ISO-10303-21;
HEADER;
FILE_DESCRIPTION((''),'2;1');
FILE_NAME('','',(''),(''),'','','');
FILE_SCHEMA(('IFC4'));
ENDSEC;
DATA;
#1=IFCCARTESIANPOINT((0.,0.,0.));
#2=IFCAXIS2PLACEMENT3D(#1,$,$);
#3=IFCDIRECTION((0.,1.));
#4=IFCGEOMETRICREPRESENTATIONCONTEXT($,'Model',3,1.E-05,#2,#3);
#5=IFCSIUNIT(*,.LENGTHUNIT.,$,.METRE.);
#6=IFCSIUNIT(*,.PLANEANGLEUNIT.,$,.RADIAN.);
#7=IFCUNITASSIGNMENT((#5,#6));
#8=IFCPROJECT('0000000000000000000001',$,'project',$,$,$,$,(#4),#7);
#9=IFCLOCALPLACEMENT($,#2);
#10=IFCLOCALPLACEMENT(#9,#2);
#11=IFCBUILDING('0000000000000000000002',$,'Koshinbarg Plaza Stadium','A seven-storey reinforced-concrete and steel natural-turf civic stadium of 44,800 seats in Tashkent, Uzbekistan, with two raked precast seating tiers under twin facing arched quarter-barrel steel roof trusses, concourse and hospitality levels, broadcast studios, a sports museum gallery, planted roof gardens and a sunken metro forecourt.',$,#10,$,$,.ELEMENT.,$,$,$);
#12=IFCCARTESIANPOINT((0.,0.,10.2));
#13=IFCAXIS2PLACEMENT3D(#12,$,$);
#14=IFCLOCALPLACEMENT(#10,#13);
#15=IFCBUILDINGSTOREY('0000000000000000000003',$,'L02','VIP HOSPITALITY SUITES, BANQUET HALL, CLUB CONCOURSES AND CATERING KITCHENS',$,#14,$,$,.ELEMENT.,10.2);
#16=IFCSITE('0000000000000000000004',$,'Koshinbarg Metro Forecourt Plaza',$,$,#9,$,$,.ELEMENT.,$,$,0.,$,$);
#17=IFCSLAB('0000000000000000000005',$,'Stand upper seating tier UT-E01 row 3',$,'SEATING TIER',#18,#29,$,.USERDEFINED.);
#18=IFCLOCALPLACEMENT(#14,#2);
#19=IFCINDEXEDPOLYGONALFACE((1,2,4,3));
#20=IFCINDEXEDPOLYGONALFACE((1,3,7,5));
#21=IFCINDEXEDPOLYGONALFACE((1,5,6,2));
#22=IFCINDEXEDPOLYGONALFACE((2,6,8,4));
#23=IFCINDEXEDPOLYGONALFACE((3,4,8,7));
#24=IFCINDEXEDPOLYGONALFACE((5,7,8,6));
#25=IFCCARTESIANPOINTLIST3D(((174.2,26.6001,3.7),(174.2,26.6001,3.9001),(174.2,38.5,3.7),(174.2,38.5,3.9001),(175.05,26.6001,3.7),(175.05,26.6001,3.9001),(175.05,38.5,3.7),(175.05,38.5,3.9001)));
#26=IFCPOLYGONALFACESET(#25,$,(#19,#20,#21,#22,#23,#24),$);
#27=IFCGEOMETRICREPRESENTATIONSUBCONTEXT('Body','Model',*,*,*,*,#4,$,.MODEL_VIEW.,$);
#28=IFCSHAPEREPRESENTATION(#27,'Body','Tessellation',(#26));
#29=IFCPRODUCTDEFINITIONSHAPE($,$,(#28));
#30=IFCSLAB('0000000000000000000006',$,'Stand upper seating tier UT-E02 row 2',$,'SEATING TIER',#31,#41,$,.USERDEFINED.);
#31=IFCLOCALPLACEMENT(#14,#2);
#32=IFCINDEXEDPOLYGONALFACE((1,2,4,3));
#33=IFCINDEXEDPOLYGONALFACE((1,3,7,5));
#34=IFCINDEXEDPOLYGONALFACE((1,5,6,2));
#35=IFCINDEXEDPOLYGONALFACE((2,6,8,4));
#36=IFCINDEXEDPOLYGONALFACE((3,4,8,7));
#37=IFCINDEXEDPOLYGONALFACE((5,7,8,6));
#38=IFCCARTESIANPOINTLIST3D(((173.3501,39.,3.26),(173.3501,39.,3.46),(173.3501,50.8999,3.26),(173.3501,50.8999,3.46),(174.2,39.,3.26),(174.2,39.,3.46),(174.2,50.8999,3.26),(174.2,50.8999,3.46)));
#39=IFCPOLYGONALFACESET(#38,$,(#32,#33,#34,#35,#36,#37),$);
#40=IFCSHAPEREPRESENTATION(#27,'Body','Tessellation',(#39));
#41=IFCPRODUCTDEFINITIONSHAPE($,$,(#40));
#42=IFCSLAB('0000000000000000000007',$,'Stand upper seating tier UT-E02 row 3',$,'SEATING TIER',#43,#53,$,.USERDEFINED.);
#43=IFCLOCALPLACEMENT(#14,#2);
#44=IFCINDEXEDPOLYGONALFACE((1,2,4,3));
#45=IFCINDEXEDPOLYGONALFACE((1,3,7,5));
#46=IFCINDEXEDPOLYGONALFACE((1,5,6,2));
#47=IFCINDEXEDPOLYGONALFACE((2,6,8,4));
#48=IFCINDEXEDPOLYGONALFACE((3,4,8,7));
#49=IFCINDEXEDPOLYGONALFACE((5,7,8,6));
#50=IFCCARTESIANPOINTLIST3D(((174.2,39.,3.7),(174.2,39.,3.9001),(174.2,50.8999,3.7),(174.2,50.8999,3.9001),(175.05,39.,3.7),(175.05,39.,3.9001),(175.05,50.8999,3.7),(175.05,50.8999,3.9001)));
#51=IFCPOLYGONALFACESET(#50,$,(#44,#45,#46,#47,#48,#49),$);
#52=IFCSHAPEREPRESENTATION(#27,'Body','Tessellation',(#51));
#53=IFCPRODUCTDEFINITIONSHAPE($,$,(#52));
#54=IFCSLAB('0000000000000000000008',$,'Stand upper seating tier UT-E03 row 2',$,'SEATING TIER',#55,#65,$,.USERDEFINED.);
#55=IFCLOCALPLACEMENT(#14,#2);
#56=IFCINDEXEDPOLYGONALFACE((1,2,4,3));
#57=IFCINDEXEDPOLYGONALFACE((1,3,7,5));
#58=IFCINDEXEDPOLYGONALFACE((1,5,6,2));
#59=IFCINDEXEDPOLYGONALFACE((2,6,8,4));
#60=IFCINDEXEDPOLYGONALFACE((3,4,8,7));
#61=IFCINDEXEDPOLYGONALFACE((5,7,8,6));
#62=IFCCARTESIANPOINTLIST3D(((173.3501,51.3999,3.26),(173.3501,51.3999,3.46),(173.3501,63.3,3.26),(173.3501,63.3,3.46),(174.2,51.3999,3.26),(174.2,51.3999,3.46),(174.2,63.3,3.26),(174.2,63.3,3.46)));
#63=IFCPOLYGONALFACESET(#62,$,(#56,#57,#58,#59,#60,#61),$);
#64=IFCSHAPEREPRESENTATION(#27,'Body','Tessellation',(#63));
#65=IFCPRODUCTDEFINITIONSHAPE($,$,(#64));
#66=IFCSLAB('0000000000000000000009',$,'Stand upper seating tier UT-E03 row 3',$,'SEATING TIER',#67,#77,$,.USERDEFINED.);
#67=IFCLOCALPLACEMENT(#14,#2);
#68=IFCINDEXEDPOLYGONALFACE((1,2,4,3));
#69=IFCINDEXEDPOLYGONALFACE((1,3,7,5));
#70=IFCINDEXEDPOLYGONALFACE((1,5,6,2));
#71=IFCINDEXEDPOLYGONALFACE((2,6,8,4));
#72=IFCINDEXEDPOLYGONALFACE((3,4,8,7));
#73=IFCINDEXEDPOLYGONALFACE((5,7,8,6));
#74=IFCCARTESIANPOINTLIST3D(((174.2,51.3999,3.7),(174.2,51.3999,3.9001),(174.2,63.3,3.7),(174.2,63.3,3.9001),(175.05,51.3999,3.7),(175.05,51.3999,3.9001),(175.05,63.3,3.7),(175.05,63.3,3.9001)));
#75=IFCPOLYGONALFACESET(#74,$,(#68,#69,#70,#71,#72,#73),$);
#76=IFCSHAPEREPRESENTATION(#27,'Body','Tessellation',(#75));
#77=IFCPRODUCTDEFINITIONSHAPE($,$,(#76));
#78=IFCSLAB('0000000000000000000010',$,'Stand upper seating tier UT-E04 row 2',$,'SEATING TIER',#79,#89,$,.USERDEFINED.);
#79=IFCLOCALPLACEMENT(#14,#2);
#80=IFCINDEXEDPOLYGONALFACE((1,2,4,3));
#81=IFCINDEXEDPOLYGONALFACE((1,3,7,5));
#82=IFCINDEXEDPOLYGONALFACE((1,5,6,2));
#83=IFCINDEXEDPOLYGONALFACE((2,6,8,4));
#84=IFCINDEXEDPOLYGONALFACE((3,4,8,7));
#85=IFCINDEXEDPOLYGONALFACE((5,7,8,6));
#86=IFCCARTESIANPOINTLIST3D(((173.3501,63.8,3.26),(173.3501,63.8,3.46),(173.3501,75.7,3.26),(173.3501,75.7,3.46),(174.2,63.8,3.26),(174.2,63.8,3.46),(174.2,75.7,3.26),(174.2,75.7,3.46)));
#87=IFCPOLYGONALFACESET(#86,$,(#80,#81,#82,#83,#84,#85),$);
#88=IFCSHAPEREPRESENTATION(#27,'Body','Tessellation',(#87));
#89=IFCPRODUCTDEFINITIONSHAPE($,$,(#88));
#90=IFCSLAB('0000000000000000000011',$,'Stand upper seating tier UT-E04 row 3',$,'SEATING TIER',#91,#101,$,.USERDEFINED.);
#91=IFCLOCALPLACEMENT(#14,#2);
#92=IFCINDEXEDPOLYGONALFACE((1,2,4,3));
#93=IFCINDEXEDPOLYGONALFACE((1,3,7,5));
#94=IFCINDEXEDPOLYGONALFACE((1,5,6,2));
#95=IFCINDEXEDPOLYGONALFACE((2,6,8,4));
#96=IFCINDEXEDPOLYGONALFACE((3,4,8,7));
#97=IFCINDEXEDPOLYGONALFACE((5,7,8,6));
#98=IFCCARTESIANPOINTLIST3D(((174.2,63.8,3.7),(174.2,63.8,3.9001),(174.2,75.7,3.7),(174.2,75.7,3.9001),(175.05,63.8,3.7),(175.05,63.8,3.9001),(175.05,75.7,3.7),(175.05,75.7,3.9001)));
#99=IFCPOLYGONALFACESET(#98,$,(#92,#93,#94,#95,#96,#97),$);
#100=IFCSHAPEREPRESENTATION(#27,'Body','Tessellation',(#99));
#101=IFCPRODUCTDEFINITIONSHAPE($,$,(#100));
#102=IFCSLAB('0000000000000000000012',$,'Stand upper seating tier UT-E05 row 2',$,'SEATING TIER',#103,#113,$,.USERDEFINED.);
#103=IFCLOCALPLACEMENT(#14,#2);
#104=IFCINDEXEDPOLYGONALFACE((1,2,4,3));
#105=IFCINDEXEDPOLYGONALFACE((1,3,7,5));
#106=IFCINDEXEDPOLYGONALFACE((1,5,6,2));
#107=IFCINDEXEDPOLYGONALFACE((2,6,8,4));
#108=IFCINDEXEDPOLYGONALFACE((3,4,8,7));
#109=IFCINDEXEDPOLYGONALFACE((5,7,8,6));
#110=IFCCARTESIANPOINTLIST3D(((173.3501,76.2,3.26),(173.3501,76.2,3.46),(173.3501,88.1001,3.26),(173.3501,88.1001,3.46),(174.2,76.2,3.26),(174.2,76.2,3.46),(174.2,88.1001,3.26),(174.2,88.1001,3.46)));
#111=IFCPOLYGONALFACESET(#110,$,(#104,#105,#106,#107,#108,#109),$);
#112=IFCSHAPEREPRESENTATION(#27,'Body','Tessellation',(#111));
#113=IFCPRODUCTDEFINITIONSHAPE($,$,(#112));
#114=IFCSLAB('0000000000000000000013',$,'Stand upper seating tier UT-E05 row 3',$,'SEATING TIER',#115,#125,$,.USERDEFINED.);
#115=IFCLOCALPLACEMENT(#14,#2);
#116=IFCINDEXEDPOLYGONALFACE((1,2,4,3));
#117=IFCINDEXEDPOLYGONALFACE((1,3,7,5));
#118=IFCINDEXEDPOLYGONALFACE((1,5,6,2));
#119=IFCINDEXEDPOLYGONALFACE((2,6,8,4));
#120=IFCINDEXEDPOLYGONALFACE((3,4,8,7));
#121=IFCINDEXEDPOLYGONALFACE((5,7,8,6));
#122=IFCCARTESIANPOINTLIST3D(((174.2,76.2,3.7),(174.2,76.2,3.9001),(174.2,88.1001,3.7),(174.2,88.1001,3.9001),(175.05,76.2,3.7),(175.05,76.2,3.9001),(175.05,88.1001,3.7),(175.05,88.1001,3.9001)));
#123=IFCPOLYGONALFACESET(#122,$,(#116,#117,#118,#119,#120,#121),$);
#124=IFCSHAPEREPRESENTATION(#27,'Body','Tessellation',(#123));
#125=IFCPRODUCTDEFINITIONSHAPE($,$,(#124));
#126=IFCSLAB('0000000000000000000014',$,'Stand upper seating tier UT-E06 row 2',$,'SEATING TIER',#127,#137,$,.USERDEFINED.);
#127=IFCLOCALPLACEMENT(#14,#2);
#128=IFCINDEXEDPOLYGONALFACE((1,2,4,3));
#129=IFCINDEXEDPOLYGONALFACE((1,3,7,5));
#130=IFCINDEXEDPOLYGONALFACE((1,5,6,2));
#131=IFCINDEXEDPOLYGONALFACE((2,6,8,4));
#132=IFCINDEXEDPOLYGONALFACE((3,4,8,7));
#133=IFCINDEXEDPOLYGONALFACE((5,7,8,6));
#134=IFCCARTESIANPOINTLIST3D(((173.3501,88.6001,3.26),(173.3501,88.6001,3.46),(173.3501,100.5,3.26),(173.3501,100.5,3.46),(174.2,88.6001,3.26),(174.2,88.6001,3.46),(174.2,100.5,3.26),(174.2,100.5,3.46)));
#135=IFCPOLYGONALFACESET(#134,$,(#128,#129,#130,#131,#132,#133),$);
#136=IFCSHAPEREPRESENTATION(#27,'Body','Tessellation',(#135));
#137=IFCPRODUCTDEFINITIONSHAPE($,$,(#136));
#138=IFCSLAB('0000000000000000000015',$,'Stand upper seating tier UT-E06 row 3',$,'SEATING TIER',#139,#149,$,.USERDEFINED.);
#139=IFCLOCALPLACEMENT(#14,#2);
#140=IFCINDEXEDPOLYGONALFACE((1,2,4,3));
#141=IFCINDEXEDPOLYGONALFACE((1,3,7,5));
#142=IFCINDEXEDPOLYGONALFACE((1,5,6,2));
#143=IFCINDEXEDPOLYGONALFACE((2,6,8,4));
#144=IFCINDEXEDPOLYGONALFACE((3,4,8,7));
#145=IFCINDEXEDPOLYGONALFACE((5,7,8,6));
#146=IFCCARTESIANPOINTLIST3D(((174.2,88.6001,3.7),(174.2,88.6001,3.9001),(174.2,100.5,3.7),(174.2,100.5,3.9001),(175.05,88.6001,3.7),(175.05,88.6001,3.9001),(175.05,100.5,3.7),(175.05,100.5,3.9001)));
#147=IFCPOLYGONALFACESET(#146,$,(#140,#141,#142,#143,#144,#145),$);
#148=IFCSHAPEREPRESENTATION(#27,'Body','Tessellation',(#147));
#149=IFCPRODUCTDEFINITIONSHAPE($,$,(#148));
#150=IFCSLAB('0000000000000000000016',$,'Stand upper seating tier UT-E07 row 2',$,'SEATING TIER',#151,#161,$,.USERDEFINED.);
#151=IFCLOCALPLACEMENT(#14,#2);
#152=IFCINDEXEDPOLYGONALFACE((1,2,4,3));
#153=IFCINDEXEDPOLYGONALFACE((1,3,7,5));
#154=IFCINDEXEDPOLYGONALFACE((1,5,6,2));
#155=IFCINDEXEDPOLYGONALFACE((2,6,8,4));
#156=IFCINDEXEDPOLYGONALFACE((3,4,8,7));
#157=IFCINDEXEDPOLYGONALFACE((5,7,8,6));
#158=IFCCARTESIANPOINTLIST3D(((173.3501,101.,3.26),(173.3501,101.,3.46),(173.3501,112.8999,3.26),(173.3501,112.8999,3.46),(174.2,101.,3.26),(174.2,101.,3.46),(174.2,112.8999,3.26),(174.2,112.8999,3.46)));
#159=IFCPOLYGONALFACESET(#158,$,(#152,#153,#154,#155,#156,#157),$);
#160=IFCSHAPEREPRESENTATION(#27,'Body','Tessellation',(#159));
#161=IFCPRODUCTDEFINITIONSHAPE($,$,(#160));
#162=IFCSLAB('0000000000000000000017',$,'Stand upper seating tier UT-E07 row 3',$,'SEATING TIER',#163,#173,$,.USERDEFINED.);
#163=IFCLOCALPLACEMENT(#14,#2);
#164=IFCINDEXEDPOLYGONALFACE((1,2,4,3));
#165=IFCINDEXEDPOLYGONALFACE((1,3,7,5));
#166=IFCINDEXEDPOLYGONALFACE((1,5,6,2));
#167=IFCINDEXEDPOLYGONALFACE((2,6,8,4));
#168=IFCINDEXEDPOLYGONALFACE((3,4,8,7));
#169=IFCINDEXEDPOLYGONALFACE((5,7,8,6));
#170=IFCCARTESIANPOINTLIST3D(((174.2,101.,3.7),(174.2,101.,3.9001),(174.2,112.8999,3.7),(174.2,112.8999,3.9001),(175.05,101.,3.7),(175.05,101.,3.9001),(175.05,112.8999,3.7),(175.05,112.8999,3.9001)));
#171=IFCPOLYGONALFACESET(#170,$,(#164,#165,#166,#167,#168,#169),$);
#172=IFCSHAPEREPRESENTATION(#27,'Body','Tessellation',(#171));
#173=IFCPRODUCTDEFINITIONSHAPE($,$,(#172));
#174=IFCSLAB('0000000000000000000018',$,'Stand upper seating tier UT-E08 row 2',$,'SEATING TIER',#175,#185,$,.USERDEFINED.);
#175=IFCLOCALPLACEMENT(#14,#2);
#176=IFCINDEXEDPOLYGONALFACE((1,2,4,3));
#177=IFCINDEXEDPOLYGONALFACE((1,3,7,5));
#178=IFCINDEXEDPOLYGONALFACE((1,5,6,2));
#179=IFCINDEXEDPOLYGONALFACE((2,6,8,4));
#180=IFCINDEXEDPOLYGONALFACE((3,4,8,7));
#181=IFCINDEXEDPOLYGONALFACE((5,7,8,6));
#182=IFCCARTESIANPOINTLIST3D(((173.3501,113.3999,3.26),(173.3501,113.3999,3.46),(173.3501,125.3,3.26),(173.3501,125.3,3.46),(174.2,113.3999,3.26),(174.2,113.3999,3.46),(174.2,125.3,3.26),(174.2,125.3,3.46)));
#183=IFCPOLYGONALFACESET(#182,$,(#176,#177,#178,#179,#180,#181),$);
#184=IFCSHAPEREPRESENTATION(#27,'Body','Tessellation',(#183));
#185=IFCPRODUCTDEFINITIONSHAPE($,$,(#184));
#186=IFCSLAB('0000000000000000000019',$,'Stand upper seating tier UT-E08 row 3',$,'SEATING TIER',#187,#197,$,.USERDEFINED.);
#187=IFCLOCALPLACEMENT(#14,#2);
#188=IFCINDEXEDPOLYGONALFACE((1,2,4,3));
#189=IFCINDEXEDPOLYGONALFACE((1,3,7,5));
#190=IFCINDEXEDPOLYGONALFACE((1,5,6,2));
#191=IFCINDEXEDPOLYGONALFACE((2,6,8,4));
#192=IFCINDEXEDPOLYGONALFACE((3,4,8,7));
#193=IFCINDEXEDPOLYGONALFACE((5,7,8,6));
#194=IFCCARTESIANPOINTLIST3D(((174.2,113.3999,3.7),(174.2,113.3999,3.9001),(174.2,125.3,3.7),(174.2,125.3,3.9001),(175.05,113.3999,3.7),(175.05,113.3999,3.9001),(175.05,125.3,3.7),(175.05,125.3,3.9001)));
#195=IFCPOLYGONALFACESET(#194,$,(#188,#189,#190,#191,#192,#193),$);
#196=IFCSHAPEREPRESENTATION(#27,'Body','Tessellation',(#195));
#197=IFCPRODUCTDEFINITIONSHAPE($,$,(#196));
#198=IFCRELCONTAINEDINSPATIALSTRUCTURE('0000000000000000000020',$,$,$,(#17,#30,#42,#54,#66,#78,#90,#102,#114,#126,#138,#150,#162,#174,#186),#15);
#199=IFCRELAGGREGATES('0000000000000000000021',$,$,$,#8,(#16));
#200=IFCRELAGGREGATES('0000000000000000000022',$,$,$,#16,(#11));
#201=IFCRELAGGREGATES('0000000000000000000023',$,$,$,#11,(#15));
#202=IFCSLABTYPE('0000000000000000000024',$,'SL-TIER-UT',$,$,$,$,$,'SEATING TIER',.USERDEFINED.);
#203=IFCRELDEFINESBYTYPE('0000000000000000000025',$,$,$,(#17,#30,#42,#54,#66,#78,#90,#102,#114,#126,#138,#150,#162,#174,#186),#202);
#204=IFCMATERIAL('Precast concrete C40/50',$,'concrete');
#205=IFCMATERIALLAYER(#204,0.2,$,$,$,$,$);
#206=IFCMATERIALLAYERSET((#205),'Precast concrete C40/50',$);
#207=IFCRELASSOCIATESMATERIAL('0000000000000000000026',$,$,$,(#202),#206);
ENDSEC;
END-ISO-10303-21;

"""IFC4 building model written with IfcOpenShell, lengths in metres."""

from ifc_helpers import new_model, si_unit, direction, frame, origin, place, context, subcontext, project, spatial, polyline, outline, extrude, material, layer, layer_set, type_object, element, save


model = new_model("IFC4")

# Units and contexts
model_context = context("Model", 3, precision=1e-05, world=origin(), true_north=direction((0.0, 1.0)))
body_context = subcontext(model_context, "Body", "Model", "MODEL_VIEW")
ifc_project = project(units=[si_unit("LENGTHUNIT", "METRE"), si_unit("PLANEANGLEUNIT", "RADIAN")], contexts=[model_context])

# Site, building, storey
site_placement = place(None, origin())
site = spatial("IfcSite", under=ifc_project, at=site_placement, Name="Koshinbarg Metro Forecourt Plaza", CompositionType="ELEMENT", RefElevation=0.0)
building_placement = place(site_placement, origin())
building = spatial("IfcBuilding", under=site, at=building_placement, Name="Koshinbarg Plaza Stadium", Description="A seven-storey reinforced-concrete and steel natural-turf civic stadium of 44,800 seats in Tashkent, Uzbekistan, with two raked precast seating tiers under twin facing arched quarter-barrel steel roof trusses, concourse and hospitality levels, broadcast studios, a sports museum gallery, planted roof gardens and a sunken metro forecourt.", CompositionType="ELEMENT")
storey_placement = place(building_placement, frame((0.0, 0.0, 10.2)))
storey = spatial("IfcBuildingStorey", under=building, at=storey_placement, Name="L02", Description="VIP HOSPITALITY SUITES, BANQUET HALL, CLUB CONCOURSES AND CATERING KITCHENS", CompositionType="ELEMENT", Elevation=10.2)

# Slabs
ifc_material = material(Name="Precast concrete C40/50", Category="concrete")
ifc_layer = layer(ifc_material, 0.2)
ifc_layer_set = layer_set([ifc_layer], Name="Precast concrete C40/50")
slab_type = type_object("IfcSlabType", Name="SL-TIER-UT", ElementType="SEATING TIER", PredefinedType="USERDEFINED", material=ifc_layer_set)
slab_1_placement = place(storey_placement, frame((0.0, 0.0, 3.7)))
element("IfcSlab", 1, at=slab_1_placement, inside=storey, type_object=slab_type, Name="Stand upper seating tier UT-E01 row 3", ObjectType="SEATING TIER", PredefinedType="USERDEFINED", context=body_context, shape_type="SweptSolid", body=[
    extrude(outline(polyline([(174.2, 26.6001), (175.05, 26.6001), (175.05, 38.5), (174.2, 38.5), (174.2, 26.6001)])), origin(), (0.0, 0.0, 1.0), 0.2002),
])
slab_2_placement = place(storey_placement, frame((0.0, 0.0, 3.26)))
element("IfcSlab", 2, at=slab_2_placement, inside=storey, type_object=slab_type, Name="Stand upper seating tier UT-E02 row 2", ObjectType="SEATING TIER", PredefinedType="USERDEFINED", context=body_context, shape_type="SweptSolid", body=[
    extrude(outline(polyline([(173.3501, 39.0), (174.2, 39.0), (174.2, 50.8999), (173.3501, 50.8999), (173.3501, 39.0)])), origin(), (0.0, 0.0, 1.0), 0.2),
])
slab_3_placement = place(storey_placement, frame((0.0, 0.0, 3.7)))
element("IfcSlab", 3, at=slab_3_placement, inside=storey, type_object=slab_type, Name="Stand upper seating tier UT-E02 row 3", ObjectType="SEATING TIER", PredefinedType="USERDEFINED", context=body_context, shape_type="SweptSolid", body=[
    extrude(outline(polyline([(174.2, 39.0), (175.05, 39.0), (175.05, 50.8999), (174.2, 50.8999), (174.2, 39.0)])), origin(), (0.0, 0.0, 1.0), 0.2002),
])
slab_4_placement = place(storey_placement, frame((0.0, 0.0, 3.26)))
element("IfcSlab", 4, at=slab_4_placement, inside=storey, type_object=slab_type, Name="Stand upper seating tier UT-E03 row 2", ObjectType="SEATING TIER", PredefinedType="USERDEFINED", context=body_context, shape_type="SweptSolid", body=[
    extrude(outline(polyline([(173.3501, 51.3999), (174.2, 51.3999), (174.2, 63.3), (173.3501, 63.3), (173.3501, 51.3999)])), origin(), (0.0, 0.0, 1.0), 0.2),
])
slab_5_placement = place(storey_placement, frame((0.0, 0.0, 3.7)))
element("IfcSlab", 5, at=slab_5_placement, inside=storey, type_object=slab_type, Name="Stand upper seating tier UT-E03 row 3", ObjectType="SEATING TIER", PredefinedType="USERDEFINED", context=body_context, shape_type="SweptSolid", body=[
    extrude(outline(polyline([(174.2, 51.3999), (175.05, 51.3999), (175.05, 63.3), (174.2, 63.3), (174.2, 51.3999)])), origin(), (0.0, 0.0, 1.0), 0.2002),
])
slab_6_placement = place(storey_placement, frame((0.0, 0.0, 3.26)))
element("IfcSlab", 6, at=slab_6_placement, inside=storey, type_object=slab_type, Name="Stand upper seating tier UT-E04 row 2", ObjectType="SEATING TIER", PredefinedType="USERDEFINED", context=body_context, shape_type="SweptSolid", body=[
    extrude(outline(polyline([(173.3501, 63.8), (174.2, 63.8), (174.2, 75.7), (173.3501, 75.7), (173.3501, 63.8)])), origin(), (0.0, 0.0, 1.0), 0.2),
])
slab_7_placement = place(storey_placement, frame((0.0, 0.0, 3.7)))
element("IfcSlab", 7, at=slab_7_placement, inside=storey, type_object=slab_type, Name="Stand upper seating tier UT-E04 row 3", ObjectType="SEATING TIER", PredefinedType="USERDEFINED", context=body_context, shape_type="SweptSolid", body=[
    extrude(outline(polyline([(174.2, 63.8), (175.05, 63.8), (175.05, 75.7), (174.2, 75.7), (174.2, 63.8)])), origin(), (0.0, 0.0, 1.0), 0.2002),
])
slab_8_placement = place(storey_placement, frame((0.0, 0.0, 3.26)))
element("IfcSlab", 8, at=slab_8_placement, inside=storey, type_object=slab_type, Name="Stand upper seating tier UT-E05 row 2", ObjectType="SEATING TIER", PredefinedType="USERDEFINED", context=body_context, shape_type="SweptSolid", body=[
    extrude(outline(polyline([(173.3501, 76.2), (174.2, 76.2), (174.2, 88.1001), (173.3501, 88.1001), (173.3501, 76.2)])), origin(), (0.0, 0.0, 1.0), 0.2),
])
slab_9_placement = place(storey_placement, frame((0.0, 0.0, 3.7)))
element("IfcSlab", 9, at=slab_9_placement, inside=storey, type_object=slab_type, Name="Stand upper seating tier UT-E05 row 3", ObjectType="SEATING TIER", PredefinedType="USERDEFINED", context=body_context, shape_type="SweptSolid", body=[
    extrude(outline(polyline([(174.2, 76.2), (175.05, 76.2), (175.05, 88.1001), (174.2, 88.1001), (174.2, 76.2)])), origin(), (0.0, 0.0, 1.0), 0.2002),
])
slab_10_placement = place(storey_placement, frame((0.0, 0.0, 3.26)))
element("IfcSlab", 10, at=slab_10_placement, inside=storey, type_object=slab_type, Name="Stand upper seating tier UT-E06 row 2", ObjectType="SEATING TIER", PredefinedType="USERDEFINED", context=body_context, shape_type="SweptSolid", body=[
    extrude(outline(polyline([(173.3501, 88.6001), (174.2, 88.6001), (174.2, 100.5), (173.3501, 100.5), (173.3501, 88.6001)])), origin(), (0.0, 0.0, 1.0), 0.2),
])
slab_11_placement = place(storey_placement, frame((0.0, 0.0, 3.7)))
element("IfcSlab", 11, at=slab_11_placement, inside=storey, type_object=slab_type, Name="Stand upper seating tier UT-E06 row 3", ObjectType="SEATING TIER", PredefinedType="USERDEFINED", context=body_context, shape_type="SweptSolid", body=[
    extrude(outline(polyline([(174.2, 88.6001), (175.05, 88.6001), (175.05, 100.5), (174.2, 100.5), (174.2, 88.6001)])), origin(), (0.0, 0.0, 1.0), 0.2002),
])
slab_12_placement = place(storey_placement, frame((0.0, 0.0, 3.26)))
element("IfcSlab", 12, at=slab_12_placement, inside=storey, type_object=slab_type, Name="Stand upper seating tier UT-E07 row 2", ObjectType="SEATING TIER", PredefinedType="USERDEFINED", context=body_context, shape_type="SweptSolid", body=[
    extrude(outline(polyline([(173.3501, 101.0), (174.2, 101.0), (174.2, 112.8999), (173.3501, 112.8999), (173.3501, 101.0)])), origin(), (0.0, 0.0, 1.0), 0.2),
])
slab_13_placement = place(storey_placement, frame((0.0, 0.0, 3.7)))
element("IfcSlab", 13, at=slab_13_placement, inside=storey, type_object=slab_type, Name="Stand upper seating tier UT-E07 row 3", ObjectType="SEATING TIER", PredefinedType="USERDEFINED", context=body_context, shape_type="SweptSolid", body=[
    extrude(outline(polyline([(174.2, 101.0), (175.05, 101.0), (175.05, 112.8999), (174.2, 112.8999), (174.2, 101.0)])), origin(), (0.0, 0.0, 1.0), 0.2002),
])
slab_14_placement = place(storey_placement, frame((0.0, 0.0, 3.26)))
element("IfcSlab", 14, at=slab_14_placement, inside=storey, type_object=slab_type, Name="Stand upper seating tier UT-E08 row 2", ObjectType="SEATING TIER", PredefinedType="USERDEFINED", context=body_context, shape_type="SweptSolid", body=[
    extrude(outline(polyline([(173.3501, 113.3999), (174.2, 113.3999), (174.2, 125.3), (173.3501, 125.3), (173.3501, 113.3999)])), origin(), (0.0, 0.0, 1.0), 0.2),
])
slab_15_placement = place(storey_placement, frame((0.0, 0.0, 3.7)))
element("IfcSlab", 15, at=slab_15_placement, inside=storey, type_object=slab_type, Name="Stand upper seating tier UT-E08 row 3", ObjectType="SEATING TIER", PredefinedType="USERDEFINED", context=body_context, shape_type="SweptSolid", body=[
    extrude(outline(polyline([(174.2, 113.3999), (175.05, 113.3999), (175.05, 125.3), (174.2, 125.3), (174.2, 113.3999)])), origin(), (0.0, 0.0, 1.0), 0.2002),
])

save(model, "model.ifc")
